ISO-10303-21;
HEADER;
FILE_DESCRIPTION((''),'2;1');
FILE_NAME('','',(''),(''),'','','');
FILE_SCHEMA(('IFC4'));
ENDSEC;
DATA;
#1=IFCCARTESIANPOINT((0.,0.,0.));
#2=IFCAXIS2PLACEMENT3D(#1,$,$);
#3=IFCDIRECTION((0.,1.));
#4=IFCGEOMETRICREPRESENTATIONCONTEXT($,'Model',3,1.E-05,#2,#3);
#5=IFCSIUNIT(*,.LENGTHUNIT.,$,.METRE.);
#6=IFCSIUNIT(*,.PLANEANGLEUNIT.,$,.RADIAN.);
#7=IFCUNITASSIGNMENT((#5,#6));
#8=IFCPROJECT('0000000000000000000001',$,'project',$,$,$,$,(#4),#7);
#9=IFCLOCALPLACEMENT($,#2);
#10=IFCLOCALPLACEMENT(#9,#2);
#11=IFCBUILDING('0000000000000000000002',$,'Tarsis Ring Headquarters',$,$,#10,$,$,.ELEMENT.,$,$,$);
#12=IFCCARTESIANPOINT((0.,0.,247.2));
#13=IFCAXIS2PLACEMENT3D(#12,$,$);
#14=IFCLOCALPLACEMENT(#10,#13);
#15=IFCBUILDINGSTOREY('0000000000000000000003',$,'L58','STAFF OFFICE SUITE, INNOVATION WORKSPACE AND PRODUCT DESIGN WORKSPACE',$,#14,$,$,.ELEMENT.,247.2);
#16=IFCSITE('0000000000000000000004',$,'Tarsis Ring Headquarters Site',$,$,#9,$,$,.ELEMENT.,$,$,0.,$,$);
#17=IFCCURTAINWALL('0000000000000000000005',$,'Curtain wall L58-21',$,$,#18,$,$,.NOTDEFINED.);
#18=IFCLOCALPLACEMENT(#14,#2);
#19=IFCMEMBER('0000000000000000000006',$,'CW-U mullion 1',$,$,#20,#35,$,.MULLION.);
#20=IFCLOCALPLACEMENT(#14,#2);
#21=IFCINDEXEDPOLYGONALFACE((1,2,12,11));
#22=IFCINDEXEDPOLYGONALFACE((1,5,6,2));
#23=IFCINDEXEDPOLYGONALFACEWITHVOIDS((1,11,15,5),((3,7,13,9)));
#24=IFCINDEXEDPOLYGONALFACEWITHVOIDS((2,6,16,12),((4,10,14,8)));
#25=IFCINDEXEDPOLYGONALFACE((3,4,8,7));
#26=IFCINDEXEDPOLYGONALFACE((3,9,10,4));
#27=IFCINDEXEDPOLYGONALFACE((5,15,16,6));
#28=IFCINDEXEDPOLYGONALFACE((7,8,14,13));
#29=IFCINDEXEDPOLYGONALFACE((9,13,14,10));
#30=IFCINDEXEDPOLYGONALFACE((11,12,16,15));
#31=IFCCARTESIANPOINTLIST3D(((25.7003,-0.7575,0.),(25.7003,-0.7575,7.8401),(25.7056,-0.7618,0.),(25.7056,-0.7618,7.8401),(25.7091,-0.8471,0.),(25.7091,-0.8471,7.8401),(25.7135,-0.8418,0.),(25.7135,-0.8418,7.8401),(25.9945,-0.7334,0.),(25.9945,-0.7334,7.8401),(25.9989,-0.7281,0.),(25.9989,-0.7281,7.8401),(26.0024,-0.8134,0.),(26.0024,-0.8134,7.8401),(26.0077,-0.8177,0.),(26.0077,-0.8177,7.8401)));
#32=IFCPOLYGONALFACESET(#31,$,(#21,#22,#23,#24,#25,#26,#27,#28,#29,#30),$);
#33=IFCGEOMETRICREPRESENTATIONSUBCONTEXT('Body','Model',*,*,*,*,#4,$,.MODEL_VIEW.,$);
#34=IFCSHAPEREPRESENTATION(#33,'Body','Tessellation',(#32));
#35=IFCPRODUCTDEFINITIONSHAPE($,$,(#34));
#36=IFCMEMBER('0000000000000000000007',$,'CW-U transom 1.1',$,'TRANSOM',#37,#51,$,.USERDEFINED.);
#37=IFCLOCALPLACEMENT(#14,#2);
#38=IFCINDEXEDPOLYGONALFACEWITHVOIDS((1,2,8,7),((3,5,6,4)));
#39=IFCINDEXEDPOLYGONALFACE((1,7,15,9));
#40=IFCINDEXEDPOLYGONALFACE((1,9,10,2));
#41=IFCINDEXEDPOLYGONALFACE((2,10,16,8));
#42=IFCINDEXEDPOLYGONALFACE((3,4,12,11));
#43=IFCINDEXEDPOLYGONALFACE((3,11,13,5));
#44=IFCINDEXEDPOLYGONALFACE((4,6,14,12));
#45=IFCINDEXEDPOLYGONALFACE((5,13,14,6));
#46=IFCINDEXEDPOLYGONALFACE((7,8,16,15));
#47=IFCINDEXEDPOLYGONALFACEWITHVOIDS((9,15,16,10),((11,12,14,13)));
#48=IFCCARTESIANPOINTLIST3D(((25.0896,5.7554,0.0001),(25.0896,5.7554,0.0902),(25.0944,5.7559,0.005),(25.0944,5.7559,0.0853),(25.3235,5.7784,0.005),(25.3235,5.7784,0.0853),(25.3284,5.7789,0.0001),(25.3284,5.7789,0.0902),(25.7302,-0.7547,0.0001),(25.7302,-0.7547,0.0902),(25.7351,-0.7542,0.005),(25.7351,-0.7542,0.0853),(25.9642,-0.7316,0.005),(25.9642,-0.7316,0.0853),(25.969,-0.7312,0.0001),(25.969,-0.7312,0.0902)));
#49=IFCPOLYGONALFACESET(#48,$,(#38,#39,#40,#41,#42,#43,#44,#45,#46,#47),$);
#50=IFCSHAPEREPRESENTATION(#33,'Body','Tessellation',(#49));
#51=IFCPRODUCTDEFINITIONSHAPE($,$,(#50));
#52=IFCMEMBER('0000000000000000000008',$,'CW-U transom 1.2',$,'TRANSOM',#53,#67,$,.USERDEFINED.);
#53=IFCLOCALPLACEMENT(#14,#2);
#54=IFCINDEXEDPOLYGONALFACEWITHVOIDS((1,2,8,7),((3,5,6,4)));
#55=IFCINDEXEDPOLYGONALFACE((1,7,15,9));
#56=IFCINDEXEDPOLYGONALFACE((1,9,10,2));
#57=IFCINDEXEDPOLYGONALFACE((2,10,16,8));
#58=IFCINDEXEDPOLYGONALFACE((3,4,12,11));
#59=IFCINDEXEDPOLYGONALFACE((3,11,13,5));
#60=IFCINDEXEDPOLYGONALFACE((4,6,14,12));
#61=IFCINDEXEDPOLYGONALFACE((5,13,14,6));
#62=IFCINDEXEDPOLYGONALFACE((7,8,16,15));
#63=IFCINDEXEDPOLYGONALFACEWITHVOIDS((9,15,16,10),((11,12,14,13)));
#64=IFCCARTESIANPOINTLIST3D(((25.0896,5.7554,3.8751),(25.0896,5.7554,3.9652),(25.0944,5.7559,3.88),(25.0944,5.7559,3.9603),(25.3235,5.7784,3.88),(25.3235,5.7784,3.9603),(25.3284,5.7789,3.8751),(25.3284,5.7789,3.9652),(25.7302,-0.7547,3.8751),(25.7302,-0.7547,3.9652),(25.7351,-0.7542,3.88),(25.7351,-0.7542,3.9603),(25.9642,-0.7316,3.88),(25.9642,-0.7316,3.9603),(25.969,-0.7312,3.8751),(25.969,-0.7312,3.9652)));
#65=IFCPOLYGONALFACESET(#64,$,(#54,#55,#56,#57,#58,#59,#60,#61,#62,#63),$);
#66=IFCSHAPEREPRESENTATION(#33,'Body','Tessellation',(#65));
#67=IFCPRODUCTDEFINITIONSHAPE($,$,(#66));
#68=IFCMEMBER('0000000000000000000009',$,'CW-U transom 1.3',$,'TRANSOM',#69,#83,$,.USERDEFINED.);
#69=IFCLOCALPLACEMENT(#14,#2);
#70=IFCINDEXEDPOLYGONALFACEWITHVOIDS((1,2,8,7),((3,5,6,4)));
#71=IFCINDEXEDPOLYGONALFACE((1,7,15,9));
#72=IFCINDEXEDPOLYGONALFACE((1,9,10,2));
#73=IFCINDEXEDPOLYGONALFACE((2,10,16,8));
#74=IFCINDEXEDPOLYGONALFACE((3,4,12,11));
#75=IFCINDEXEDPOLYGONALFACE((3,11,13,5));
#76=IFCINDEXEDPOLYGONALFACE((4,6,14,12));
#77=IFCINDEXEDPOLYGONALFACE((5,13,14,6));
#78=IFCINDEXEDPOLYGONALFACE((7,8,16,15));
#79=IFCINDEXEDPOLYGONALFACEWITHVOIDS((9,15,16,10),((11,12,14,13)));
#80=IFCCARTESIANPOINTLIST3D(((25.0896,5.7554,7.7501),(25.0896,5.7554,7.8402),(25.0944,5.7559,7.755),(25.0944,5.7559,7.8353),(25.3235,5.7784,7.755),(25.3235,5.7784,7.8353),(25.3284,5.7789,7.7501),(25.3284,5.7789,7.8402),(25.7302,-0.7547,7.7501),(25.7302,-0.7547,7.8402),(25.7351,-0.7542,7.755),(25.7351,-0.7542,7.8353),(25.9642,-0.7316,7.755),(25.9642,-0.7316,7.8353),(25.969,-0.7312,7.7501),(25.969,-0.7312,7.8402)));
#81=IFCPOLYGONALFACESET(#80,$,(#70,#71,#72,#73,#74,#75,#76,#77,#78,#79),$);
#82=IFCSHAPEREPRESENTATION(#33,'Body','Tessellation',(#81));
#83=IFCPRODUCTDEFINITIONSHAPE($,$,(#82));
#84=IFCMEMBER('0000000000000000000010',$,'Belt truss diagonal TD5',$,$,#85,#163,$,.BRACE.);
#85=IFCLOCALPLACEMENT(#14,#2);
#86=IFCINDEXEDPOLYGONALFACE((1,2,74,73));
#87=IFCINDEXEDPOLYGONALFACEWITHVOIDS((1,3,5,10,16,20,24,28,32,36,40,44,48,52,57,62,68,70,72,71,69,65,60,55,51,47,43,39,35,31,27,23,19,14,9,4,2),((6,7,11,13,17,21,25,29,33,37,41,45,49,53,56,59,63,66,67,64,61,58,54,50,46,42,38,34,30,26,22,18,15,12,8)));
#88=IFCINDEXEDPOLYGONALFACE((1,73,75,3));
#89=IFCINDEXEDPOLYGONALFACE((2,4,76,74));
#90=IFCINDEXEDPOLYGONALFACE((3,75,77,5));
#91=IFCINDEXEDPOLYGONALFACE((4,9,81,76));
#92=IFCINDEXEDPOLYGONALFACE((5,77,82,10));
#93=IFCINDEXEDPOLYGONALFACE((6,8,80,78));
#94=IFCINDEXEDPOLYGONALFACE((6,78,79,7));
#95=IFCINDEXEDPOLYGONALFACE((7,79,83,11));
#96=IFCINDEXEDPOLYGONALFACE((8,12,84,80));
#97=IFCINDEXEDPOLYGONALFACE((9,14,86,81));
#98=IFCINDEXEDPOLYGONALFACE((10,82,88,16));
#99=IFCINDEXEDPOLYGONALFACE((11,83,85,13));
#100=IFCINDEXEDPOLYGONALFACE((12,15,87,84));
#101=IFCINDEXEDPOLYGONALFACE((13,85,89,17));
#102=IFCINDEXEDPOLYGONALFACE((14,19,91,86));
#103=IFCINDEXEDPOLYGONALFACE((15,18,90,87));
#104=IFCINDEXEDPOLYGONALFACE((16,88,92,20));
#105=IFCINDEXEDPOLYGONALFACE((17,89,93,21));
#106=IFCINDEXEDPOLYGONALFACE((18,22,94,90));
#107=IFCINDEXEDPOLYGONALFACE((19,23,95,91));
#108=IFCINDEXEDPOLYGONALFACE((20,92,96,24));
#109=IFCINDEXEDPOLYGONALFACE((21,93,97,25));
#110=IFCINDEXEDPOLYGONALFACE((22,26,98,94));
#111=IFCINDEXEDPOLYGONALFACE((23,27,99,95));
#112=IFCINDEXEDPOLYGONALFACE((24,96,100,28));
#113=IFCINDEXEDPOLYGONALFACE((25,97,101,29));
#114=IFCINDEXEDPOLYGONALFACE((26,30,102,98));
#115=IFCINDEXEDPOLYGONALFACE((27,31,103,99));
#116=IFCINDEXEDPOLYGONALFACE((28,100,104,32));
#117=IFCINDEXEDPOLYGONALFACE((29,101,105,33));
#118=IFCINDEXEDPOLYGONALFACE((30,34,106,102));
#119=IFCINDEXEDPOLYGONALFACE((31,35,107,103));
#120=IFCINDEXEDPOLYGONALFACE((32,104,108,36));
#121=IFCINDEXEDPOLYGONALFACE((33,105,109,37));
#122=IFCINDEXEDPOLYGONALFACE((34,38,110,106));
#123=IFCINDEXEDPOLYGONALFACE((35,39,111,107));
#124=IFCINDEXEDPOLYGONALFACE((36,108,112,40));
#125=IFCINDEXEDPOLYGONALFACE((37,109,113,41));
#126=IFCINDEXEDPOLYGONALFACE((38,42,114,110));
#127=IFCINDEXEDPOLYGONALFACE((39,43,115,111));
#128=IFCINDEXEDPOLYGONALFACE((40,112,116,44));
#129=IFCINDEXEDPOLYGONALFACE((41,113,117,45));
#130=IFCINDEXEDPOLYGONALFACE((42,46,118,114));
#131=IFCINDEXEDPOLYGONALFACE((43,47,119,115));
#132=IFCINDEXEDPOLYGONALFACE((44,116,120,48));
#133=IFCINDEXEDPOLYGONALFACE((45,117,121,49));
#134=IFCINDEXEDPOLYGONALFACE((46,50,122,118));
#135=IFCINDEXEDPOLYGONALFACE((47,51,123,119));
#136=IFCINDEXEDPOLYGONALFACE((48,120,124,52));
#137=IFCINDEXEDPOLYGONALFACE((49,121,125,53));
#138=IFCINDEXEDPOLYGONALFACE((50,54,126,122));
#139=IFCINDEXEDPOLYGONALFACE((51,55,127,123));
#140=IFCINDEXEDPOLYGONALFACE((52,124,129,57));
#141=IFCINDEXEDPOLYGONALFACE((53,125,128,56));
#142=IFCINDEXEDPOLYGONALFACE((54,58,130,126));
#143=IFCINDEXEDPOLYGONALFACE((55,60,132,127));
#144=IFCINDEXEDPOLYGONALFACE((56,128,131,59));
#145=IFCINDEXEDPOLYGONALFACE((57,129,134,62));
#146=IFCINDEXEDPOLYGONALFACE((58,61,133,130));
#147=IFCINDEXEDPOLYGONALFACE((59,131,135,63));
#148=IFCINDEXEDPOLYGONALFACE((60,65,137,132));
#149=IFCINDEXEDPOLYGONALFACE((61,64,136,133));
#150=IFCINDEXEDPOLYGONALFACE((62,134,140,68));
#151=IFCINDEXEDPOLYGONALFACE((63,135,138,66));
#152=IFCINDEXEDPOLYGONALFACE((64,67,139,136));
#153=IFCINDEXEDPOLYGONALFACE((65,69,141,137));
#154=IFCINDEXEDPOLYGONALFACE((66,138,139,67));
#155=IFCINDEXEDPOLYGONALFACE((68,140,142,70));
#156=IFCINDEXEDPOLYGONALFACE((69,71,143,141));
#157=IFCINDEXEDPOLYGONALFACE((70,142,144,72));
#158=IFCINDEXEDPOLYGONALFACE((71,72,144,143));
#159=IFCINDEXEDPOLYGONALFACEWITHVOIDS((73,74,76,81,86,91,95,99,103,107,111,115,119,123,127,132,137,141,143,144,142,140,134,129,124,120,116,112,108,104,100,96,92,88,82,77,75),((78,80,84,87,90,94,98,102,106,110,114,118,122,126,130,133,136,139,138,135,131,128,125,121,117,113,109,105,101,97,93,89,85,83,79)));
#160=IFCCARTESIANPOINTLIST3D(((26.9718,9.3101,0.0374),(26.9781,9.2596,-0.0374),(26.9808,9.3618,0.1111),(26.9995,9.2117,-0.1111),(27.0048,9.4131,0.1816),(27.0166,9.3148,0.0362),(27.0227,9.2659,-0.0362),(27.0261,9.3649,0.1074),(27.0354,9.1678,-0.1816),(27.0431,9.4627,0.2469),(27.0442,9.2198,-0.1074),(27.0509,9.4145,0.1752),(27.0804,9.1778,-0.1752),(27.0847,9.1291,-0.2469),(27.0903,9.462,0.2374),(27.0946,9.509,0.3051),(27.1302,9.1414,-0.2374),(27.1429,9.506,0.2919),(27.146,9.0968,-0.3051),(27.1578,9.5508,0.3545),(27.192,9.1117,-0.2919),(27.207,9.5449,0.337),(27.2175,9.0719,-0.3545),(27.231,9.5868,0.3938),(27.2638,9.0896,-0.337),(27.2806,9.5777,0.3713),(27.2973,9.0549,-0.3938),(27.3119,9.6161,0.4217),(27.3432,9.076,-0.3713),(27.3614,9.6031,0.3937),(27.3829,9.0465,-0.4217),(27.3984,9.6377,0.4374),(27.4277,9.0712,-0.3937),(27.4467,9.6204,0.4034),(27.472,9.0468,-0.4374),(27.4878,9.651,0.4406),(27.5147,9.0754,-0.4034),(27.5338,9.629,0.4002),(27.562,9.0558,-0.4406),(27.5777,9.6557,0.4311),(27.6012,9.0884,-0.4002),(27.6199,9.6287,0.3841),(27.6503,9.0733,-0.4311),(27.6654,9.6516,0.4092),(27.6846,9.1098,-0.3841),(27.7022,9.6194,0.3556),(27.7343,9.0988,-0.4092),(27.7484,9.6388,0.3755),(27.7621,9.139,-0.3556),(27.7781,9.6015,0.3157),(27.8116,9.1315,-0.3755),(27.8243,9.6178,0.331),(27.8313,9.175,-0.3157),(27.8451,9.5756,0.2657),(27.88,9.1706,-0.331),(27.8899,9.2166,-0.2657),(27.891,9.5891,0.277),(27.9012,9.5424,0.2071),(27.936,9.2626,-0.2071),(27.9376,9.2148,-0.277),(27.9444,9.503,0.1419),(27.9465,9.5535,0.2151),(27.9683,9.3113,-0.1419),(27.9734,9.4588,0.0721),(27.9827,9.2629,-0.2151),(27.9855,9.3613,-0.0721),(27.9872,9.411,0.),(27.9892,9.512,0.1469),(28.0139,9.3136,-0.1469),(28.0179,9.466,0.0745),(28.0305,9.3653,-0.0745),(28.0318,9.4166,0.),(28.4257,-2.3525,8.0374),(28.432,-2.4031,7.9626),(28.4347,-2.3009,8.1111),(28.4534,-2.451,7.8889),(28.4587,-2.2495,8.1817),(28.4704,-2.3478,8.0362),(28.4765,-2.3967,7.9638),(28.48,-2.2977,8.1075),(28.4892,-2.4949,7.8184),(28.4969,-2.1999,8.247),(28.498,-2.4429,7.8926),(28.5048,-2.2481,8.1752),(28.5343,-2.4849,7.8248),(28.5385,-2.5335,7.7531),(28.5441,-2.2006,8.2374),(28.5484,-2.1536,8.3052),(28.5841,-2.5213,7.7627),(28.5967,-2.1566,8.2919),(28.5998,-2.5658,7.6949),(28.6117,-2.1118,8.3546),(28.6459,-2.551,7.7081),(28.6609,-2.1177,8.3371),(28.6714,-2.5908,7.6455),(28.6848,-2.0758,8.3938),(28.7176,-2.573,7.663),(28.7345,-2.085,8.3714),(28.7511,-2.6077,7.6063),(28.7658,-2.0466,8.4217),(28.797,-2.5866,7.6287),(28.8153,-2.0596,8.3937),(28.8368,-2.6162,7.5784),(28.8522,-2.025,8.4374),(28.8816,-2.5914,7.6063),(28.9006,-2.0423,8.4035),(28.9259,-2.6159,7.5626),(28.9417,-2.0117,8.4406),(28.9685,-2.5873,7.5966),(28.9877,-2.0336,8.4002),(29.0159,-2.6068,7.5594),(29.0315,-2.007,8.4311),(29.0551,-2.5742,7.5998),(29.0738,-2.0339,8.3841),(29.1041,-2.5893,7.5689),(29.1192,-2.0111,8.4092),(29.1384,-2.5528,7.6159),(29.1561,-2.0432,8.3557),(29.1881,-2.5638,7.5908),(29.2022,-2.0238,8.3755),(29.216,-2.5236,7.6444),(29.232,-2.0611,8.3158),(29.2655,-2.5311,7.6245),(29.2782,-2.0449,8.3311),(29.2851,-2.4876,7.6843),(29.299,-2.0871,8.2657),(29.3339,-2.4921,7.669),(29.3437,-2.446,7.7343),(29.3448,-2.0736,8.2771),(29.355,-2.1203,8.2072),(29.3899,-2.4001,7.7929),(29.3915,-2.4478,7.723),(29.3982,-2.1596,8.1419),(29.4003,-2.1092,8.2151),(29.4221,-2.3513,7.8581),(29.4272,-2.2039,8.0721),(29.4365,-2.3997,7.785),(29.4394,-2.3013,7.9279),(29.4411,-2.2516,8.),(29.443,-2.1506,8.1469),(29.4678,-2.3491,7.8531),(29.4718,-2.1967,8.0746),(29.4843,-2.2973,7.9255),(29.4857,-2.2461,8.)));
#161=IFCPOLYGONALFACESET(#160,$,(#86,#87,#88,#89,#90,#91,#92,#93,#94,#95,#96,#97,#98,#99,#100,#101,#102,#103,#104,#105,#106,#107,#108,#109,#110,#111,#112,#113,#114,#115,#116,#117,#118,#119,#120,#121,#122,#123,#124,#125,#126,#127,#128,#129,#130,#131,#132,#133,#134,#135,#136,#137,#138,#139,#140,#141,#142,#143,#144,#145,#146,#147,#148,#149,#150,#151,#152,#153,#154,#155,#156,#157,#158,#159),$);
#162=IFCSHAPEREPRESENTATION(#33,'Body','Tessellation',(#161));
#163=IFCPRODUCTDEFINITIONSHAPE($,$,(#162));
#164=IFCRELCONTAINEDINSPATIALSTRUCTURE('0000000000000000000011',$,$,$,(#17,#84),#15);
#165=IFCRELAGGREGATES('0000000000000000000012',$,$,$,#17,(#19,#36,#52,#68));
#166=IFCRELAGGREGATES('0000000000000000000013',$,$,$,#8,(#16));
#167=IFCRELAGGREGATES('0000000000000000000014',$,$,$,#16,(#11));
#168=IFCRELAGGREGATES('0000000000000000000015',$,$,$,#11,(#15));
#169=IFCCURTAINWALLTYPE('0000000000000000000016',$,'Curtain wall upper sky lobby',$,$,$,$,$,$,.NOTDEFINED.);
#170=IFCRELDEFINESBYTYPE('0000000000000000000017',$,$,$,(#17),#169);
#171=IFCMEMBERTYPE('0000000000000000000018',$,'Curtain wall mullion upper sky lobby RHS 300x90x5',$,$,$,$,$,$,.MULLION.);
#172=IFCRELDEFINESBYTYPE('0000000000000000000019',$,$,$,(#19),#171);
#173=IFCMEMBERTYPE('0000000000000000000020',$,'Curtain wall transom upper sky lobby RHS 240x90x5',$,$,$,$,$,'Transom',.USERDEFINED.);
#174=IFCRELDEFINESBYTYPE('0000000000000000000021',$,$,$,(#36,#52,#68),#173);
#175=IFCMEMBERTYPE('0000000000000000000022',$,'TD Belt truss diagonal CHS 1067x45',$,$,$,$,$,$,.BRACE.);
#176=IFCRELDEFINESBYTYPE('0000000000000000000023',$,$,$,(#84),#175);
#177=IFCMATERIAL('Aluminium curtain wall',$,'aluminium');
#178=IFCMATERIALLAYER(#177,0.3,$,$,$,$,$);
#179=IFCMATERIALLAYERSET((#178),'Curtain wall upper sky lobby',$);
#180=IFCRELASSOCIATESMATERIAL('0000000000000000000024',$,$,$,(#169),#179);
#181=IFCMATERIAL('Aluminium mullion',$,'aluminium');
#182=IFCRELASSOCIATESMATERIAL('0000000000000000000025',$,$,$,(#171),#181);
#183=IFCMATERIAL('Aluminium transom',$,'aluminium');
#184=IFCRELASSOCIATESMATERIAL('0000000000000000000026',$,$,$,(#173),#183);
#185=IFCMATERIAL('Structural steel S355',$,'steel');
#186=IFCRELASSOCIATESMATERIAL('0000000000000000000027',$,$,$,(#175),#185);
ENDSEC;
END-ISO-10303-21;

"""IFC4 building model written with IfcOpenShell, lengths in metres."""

from ifc_helpers import new_model, si_unit, direction, frame, origin, origin_2d, place, context, subcontext, project, spatial, hollow_rectangle, hollow_circle, extrude, material, layer, layer_set, material_profile, profile_set, type_object, element, aggregate, save


model = new_model("IFC4")

# Units and contexts
model_context = context("Model", 3, precision=1e-05, world=origin(), true_north=direction((0.0, 1.0)))
body_context = subcontext(model_context, "Body", "Model", "MODEL_VIEW")
ifc_project = project(units=[si_unit("LENGTHUNIT", "METRE"), si_unit("PLANEANGLEUNIT", "RADIAN")], contexts=[model_context])

# Site, building, storey
site_placement = place(None, origin())
site = spatial("IfcSite", under=ifc_project, at=site_placement, Name="Tarsis Ring Headquarters Site", CompositionType="ELEMENT", RefElevation=0.0)
building_placement = place(site_placement, origin())
building = spatial("IfcBuilding", under=site, at=building_placement, Name="Tarsis Ring Headquarters", CompositionType="ELEMENT")
storey_placement = place(building_placement, frame((0.0, 0.0, 247.2)))
storey = spatial("IfcBuildingStorey", under=building, at=storey_placement, Name="L58", Description="STAFF OFFICE SUITE, INNOVATION WORKSPACE AND PRODUCT DESIGN WORKSPACE", CompositionType="ELEMENT", Elevation=247.2)

# Shared definitions
ifc_material_1 = material(Name="Structural steel S355", Category="steel")
ifc_material_profile_1 = material_profile(ifc_material_1, hollow_circle(Radius=0.5334, WallThickness=0.0449, at=origin_2d()), Name="CHS 1067x45")
ifc_profile_set_1 = profile_set([ifc_material_profile_1], Name="Structural steel S355")

# Shared definitions
ifc_material_2 = material(Name="Aluminium curtain wall", Category="aluminium")
ifc_layer_1 = layer(ifc_material_2, 0.3)
ifc_layer_set_1 = layer_set([ifc_layer_1], Name="Curtain wall upper sky lobby")
curtain_wall_type = type_object("IfcCurtainWallType", Name="Curtain wall upper sky lobby", PredefinedType="NOTDEFINED", material=ifc_layer_set_1)
ifc_material_3 = material(Name="Aluminium mullion", Category="aluminium")
ifc_material_profile_2 = material_profile(ifc_material_3, hollow_rectangle(XDim=0.3, YDim=0.0901, WallThickness=0.0049, at=origin_2d()), Name="RHS 300x90x5")
ifc_profile_set_2 = profile_set([ifc_material_profile_2], Name="Aluminium mullion")
member_type_1 = type_object("IfcMemberType", Name="Curtain wall mullion upper sky lobby RHS 300x90x5", PredefinedType="MULLION", material=ifc_profile_set_2)

# Curtain wall, members
curtain_wall_1_placement = place(storey_placement, origin())
curtain_wall_1 = element("IfcCurtainWall", 1, at=curtain_wall_1_placement, inside=storey, type_object=curtain_wall_type, Name="Curtain wall L58-21", PredefinedType="NOTDEFINED")
member_1_placement = place(storey_placement, frame((25.854, -0.7876, 0.0), z_axis=(0.0, 0.0, 1.0), x_axis=(-0.995193, -0.09793, 0.0)))
member_1 = element("IfcMember", 2, at=member_1_placement, type_object=member_type_1, Name="CW-U mullion 1", PredefinedType="MULLION", context=body_context, shape_type="SweptSolid", body=[
    extrude(hollow_rectangle(XDim=0.3, YDim=0.0901, WallThickness=0.0049, at=origin_2d()), origin(), (0.0, 0.0, 1.0), 7.8401),
])
ifc_material_4 = material(Name="Aluminium transom", Category="aluminium")
ifc_material_profile_3 = material_profile(ifc_material_4, hollow_rectangle(XDim=0.24, YDim=0.0901, WallThickness=0.0049, at=origin_2d()), Name="RHS 240x90x5")
ifc_profile_set_3 = profile_set([ifc_material_profile_3], Name="Aluminium transom")
member_type_2 = type_object("IfcMemberType", Name="Curtain wall transom upper sky lobby RHS 240x90x5", ElementType="Transom", PredefinedType="USERDEFINED", material=ifc_profile_set_3)
member_2_placement = place(storey_placement, frame((25.8496, -0.7429, 0.0452), z_axis=(-0.097933, 0.995193, 0.0), x_axis=(-0.995193, -0.097933, 0.0)))
member_2 = element("IfcMember", 3, at=member_2_placement, type_object=member_type_2, Name="CW-U transom 1.1", ObjectType="TRANSOM", PredefinedType="USERDEFINED", context=body_context, shape_type="SweptSolid", body=[
    extrude(hollow_rectangle(XDim=0.24, YDim=0.0901, WallThickness=0.0049, at=origin_2d()), origin(), (0.0, 0.0, 1.0), 6.5415),
])
member_3_placement = place(storey_placement, frame((25.8496, -0.7429, 3.9202), z_axis=(-0.097933, 0.995193, 0.0), x_axis=(-0.995193, -0.097933, 0.0)))
member_3 = element("IfcMember", 4, at=member_3_placement, type_object=member_type_2, Name="CW-U transom 1.2", ObjectType="TRANSOM", PredefinedType="USERDEFINED", context=body_context, shape_type="SweptSolid", body=[
    extrude(hollow_rectangle(XDim=0.24, YDim=0.0901, WallThickness=0.0049, at=origin_2d()), origin(), (0.0, 0.0, 1.0), 6.5415),
])
member_4_placement = place(storey_placement, frame((25.8496, -0.7429, 7.7952), z_axis=(-0.097933, 0.995193, 0.0), x_axis=(-0.995193, -0.097933, 0.0)))
member_4 = element("IfcMember", 5, at=member_4_placement, type_object=member_type_2, Name="CW-U transom 1.3", ObjectType="TRANSOM", PredefinedType="USERDEFINED", context=body_context, shape_type="SweptSolid", body=[
    extrude(hollow_rectangle(XDim=0.24, YDim=0.0901, WallThickness=0.0049, at=origin_2d()), origin(), (0.0, 0.0, 1.0), 6.5415),
])

# Member
member_type_3 = type_object("IfcMemberType", Name="TD Belt truss diagonal CHS 1067x45", PredefinedType="BRACE", material=ifc_profile_set_1)
member_5_placement = place(storey_placement, frame((27.5024, 9.3506, 0.0), z_axis=(0.10226, -0.820314, 0.562697), x_axis=(0.992319, 0.123702, 0.0)))
element("IfcMember", 6, at=member_5_placement, inside=storey, type_object=member_type_3, Name="Belt truss diagonal TD5", PredefinedType="BRACE", context=body_context, shape_type="SweptSolid", body=[
    extrude(hollow_circle(Radius=0.5334, WallThickness=0.0449, at=origin_2d()), origin(), (0.0, 0.0, 1.0), 14.2173),
])

aggregate(curtain_wall_1, [member_1, member_2, member_3, member_4])

save(model, "model.ifc")
